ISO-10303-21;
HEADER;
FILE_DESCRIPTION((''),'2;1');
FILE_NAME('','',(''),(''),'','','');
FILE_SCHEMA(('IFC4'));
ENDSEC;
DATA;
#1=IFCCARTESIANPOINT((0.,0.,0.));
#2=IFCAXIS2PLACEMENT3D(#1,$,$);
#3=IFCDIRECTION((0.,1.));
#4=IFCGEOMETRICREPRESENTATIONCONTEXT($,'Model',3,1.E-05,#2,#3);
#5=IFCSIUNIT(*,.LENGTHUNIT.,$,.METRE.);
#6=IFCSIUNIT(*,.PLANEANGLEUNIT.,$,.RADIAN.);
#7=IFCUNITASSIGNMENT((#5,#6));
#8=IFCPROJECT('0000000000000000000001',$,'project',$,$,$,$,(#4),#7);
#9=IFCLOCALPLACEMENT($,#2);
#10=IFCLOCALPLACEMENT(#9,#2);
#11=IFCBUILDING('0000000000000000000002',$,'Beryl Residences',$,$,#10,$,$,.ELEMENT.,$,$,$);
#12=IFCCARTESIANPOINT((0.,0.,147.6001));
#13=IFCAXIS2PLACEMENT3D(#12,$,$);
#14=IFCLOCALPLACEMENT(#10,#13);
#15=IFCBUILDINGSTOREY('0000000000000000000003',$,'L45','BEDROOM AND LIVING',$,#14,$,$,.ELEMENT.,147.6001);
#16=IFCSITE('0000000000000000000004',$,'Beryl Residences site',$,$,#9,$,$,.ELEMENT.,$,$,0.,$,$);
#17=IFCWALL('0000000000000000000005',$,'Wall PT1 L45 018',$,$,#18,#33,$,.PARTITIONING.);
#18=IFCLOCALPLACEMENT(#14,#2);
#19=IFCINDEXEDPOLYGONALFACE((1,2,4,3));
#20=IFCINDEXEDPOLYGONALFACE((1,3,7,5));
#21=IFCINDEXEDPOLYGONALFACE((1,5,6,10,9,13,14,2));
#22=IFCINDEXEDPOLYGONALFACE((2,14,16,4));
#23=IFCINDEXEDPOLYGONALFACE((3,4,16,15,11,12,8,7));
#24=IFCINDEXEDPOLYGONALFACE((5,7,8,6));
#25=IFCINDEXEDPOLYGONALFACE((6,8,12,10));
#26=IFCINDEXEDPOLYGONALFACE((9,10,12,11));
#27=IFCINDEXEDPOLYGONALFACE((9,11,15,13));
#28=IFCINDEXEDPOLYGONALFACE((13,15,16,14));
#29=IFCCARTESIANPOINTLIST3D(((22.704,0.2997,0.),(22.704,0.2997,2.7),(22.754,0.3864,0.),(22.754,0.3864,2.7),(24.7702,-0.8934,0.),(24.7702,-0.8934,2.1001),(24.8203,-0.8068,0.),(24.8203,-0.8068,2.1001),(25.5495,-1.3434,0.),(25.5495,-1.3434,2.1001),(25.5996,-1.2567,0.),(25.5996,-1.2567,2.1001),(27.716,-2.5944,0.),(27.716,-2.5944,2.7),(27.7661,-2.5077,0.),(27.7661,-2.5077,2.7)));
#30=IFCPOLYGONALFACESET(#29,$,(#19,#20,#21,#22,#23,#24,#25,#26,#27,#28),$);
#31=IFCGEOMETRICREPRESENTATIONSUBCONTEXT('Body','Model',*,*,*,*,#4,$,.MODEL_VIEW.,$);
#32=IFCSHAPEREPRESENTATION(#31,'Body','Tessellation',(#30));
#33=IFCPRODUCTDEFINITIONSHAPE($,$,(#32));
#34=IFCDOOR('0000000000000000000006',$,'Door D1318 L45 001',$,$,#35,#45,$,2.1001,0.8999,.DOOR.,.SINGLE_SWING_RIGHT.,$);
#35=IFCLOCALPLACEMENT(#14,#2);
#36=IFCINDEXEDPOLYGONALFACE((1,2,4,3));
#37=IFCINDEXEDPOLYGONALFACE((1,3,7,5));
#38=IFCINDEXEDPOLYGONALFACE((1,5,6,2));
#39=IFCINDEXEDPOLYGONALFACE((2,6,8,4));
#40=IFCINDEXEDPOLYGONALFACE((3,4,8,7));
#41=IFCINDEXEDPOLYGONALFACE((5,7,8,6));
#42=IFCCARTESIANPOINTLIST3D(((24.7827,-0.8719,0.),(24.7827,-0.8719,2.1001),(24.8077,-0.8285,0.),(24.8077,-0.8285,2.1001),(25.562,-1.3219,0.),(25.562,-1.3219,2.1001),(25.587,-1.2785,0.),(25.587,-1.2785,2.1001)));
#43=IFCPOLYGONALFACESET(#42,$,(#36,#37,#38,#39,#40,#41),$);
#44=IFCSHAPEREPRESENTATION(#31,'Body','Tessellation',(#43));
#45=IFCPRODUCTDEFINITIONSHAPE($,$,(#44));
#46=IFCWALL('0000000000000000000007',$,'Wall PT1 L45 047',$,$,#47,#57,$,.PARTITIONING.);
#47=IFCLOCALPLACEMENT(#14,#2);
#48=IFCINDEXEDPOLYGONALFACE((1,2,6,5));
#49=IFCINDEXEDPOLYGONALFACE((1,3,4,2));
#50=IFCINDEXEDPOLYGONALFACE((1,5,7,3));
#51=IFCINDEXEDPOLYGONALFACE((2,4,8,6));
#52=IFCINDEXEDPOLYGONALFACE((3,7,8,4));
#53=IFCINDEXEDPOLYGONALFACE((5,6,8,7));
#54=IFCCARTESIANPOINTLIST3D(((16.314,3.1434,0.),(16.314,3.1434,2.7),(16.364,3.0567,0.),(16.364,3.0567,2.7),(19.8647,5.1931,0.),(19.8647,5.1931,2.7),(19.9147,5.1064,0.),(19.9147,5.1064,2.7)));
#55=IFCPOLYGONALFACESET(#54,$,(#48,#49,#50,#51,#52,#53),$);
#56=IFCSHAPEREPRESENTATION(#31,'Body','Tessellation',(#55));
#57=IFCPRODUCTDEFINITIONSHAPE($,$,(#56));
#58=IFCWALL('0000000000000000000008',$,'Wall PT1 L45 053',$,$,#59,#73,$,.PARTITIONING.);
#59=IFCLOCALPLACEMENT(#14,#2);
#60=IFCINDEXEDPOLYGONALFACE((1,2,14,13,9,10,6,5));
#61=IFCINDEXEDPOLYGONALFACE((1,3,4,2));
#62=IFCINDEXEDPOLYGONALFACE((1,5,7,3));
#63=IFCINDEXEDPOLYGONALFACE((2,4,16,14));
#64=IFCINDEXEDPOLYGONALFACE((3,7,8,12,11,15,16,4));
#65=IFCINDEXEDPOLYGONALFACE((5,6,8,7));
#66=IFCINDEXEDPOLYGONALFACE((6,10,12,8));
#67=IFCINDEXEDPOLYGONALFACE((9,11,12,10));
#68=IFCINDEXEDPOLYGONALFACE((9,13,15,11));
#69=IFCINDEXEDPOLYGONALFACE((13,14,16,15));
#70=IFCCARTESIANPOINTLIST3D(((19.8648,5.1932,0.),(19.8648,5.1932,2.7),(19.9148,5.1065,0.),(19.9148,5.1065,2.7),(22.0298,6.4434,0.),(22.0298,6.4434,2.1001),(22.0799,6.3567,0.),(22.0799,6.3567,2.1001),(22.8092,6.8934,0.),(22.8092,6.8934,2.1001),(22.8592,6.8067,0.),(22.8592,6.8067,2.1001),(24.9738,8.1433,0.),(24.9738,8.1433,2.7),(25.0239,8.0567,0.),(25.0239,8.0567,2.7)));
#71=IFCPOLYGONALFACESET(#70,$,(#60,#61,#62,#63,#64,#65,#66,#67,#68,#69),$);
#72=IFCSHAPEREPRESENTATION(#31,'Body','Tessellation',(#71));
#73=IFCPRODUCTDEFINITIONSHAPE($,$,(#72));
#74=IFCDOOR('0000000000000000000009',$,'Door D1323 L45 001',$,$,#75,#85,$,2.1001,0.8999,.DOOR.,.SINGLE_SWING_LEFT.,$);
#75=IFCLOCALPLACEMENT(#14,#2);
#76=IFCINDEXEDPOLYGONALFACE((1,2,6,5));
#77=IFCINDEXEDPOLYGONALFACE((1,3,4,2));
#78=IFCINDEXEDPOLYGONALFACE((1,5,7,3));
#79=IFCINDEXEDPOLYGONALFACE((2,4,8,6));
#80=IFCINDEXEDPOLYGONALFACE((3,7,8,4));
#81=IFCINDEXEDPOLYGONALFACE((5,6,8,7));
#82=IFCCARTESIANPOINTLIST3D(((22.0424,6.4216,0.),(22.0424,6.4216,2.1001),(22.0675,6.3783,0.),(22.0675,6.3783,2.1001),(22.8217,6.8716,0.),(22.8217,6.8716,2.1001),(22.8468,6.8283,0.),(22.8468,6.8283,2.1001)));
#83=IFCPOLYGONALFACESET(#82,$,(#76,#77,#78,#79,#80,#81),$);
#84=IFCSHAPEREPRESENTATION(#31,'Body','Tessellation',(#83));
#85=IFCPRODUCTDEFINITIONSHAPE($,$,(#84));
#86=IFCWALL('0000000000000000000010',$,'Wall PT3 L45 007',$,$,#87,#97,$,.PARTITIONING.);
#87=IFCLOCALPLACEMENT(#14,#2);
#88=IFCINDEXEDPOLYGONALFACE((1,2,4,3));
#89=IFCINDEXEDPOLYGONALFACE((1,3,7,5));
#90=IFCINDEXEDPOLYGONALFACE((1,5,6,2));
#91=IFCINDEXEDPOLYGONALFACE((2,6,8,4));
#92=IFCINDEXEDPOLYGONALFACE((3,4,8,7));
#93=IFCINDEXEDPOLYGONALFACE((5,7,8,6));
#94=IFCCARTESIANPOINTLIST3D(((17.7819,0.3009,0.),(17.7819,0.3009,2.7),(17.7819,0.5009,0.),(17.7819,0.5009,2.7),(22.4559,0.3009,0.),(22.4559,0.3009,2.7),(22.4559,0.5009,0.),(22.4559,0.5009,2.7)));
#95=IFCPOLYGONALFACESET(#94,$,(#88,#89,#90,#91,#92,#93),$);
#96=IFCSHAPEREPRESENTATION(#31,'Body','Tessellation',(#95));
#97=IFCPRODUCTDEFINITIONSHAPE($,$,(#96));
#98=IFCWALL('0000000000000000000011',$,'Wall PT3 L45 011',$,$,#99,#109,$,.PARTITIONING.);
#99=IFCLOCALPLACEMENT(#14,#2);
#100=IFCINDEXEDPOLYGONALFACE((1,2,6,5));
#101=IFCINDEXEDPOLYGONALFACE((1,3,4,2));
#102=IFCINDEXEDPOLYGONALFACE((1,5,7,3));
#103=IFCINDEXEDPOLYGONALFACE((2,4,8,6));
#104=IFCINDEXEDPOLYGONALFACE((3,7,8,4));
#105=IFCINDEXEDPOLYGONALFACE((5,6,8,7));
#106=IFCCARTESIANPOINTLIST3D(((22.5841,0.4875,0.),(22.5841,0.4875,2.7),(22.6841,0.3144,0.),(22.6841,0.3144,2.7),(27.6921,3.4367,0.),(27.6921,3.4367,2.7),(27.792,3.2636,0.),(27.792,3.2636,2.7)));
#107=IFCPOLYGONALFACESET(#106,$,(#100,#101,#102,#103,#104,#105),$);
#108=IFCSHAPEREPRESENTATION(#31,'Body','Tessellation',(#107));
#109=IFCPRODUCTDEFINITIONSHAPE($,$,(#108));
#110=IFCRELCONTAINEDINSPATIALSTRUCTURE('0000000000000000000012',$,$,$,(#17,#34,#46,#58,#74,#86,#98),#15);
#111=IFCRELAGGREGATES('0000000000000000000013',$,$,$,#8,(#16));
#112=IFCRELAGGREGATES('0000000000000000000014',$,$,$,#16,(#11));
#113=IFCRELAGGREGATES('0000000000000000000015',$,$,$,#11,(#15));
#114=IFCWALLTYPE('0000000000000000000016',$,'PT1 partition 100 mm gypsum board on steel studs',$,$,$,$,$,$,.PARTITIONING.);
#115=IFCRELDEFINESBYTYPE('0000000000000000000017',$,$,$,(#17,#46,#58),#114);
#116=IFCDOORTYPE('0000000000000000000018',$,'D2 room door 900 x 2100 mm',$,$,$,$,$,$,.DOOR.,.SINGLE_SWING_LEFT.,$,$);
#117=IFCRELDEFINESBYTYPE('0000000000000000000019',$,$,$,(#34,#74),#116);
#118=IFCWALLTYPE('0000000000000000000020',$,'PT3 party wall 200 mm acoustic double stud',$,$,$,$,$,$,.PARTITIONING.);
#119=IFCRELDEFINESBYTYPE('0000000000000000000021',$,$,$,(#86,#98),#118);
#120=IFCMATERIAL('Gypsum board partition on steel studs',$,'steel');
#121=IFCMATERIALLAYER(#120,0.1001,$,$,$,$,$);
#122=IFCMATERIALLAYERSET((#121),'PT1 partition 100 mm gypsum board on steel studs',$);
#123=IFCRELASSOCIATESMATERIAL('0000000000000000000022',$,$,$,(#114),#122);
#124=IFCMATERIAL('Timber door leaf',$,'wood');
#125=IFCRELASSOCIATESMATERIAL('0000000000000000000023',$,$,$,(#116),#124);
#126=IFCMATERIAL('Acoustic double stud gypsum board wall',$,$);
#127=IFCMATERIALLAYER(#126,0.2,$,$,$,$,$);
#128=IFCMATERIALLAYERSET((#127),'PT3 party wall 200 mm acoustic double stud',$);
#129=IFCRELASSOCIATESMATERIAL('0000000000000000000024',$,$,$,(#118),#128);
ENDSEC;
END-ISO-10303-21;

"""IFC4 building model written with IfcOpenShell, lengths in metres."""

from ifc_helpers import new_model, si_unit, direction, frame, frame_2d, origin, place, context, subcontext, project, spatial, rectangle, extrude, material, layer, layer_set, type_object, element, fill, save


model = new_model("IFC4")

# Units and contexts
model_context = context("Model", 3, precision=1e-05, world=origin(), true_north=direction((0.0, 1.0)))
body_context = subcontext(model_context, "Body", "Model", "MODEL_VIEW")
ifc_project = project(units=[si_unit("LENGTHUNIT", "METRE"), si_unit("PLANEANGLEUNIT", "RADIAN")], contexts=[model_context])

# Site, building, storey
site_placement = place(None, origin())
site = spatial("IfcSite", under=ifc_project, at=site_placement, Name="Beryl Residences site", CompositionType="ELEMENT", RefElevation=0.0)
building_placement = place(site_placement, origin())
building = spatial("IfcBuilding", under=site, at=building_placement, Name="Beryl Residences", CompositionType="ELEMENT")
storey_placement = place(building_placement, frame((0.0, 0.0, 147.6001)))
storey = spatial("IfcBuildingStorey", under=building, at=storey_placement, Name="L45", Description="BEDROOM AND LIVING", CompositionType="ELEMENT", Elevation=147.6001)

# Wall, opening, door
ifc_material_1 = material(Name="Gypsum board partition on steel studs", Category="steel")
ifc_layer_1 = layer(ifc_material_1, 0.1001)
ifc_layer_set_1 = layer_set([ifc_layer_1], Name="PT1 partition 100 mm gypsum board on steel studs")
wall_type_1 = type_object("IfcWallType", Name="PT1 partition 100 mm gypsum board on steel studs", PredefinedType="PARTITIONING", material=ifc_layer_set_1)
ifc_material_2 = material(Name="Timber door leaf", Category="wood")
door_type_1 = type_object("IfcDoorType", Name="D2 room door 900 x 2100 mm", OperationType="SINGLE_SWING_LEFT", PredefinedType="DOOR", material=ifc_material_2)
wall_1_placement = place(storey_placement, frame((22.729, 0.343, 0.0), z_axis=(0.0, 0.0, 1.0), x_axis=(0.865997, -0.50005, 0.0)))
wall_1 = element("IfcWall", 1, at=wall_1_placement, inside=storey, type_object=wall_type_1, Name="Wall PT1 L45 018", PredefinedType="PARTITIONING", context=body_context, shape_type="SweptSolid", body=[
    extrude(rectangle(XDim=5.7876, YDim=0.1001, at=frame_2d((2.8938, 0.0))), origin(), (0.0, 0.0, 1.0), 2.7),
])
opening_1_placement = place(wall_1_placement, frame((2.386, 0.0, 0.0)))
opening_1 = element("IfcOpeningElement", 2, at=opening_1_placement, cuts=wall_1, PredefinedType="OPENING", context=body_context, shape_type="SweptSolid", body=[
    extrude(rectangle(XDim=0.8999, YDim=2.1001, at=frame_2d((0.45, 1.05))), frame((0.0, 0.0601, 0.0), z_axis=(0.0, -1.0, 0.0), x_axis=(1.0, 0.0, 0.0)), (0.0, 0.0, 1.0), 0.1201),
])
door_1_placement = place(opening_1_placement, origin())
door_1 = element("IfcDoor", 3, at=door_1_placement, inside=storey, type_object=door_type_1, Name="Door D1318 L45 001", OperationType="SINGLE_SWING_RIGHT", OverallHeight=2.1001, OverallWidth=0.8999, PredefinedType="DOOR", context=body_context, shape_type="SweptSolid", body=[
    extrude(rectangle(XDim=0.8999, YDim=2.1001, at=frame_2d((0.45, 1.05))), frame((0.0, 0.0249, 0.0), z_axis=(0.0, -1.0, 0.0), x_axis=(1.0, 0.0, 0.0)), (0.0, 0.0, 1.0), 0.05),
])
fill(opening_1, door_1)

# Wall
wall_2_placement = place(storey_placement, frame((16.3391, 3.1001, 0.0), z_axis=(0.0, 0.0, 1.0), x_axis=(0.866051, 0.499956, 0.0)))
element("IfcWall", 4, at=wall_2_placement, inside=storey, type_object=wall_type_1, Name="Wall PT1 L45 047", PredefinedType="PARTITIONING", context=body_context, shape_type="SweptSolid", body=[
    extrude(rectangle(XDim=4.0999, YDim=0.1001, at=frame_2d((2.0498, 0.0))), origin(), (0.0, 0.0, 1.0), 2.7),
])

# Wall, opening, door
wall_3_placement = place(storey_placement, frame((19.8899, 5.1499, 0.0), z_axis=(0.0, 0.0, 1.0), x_axis=(0.865993, 0.500056, 0.0)))
wall_3 = element("IfcWall", 5, at=wall_3_placement, inside=storey, type_object=wall_type_1, Name="Wall PT1 L45 053", PredefinedType="PARTITIONING", context=body_context, shape_type="SweptSolid", body=[
    extrude(rectangle(XDim=5.8997, YDim=0.1001, at=frame_2d((2.9497, 0.0))), origin(), (0.0, 0.0, 1.0), 2.7),
])
opening_2_placement = place(wall_3_placement, frame((2.5, 0.0, 0.0)))
opening_2 = element("IfcOpeningElement", 6, at=opening_2_placement, cuts=wall_3, PredefinedType="OPENING", context=body_context, shape_type="SweptSolid", body=[
    extrude(rectangle(XDim=0.8999, YDim=2.1001, at=frame_2d((0.45, 1.05))), frame((0.0, 0.0601, 0.0), z_axis=(0.0, -1.0, 0.0), x_axis=(1.0, 0.0, 0.0)), (0.0, 0.0, 1.0), 0.1201),
])
door_2_placement = place(opening_2_placement, origin())
door_2 = element("IfcDoor", 7, at=door_2_placement, inside=storey, type_object=door_type_1, Name="Door D1323 L45 001", OperationType="SINGLE_SWING_LEFT", OverallHeight=2.1001, OverallWidth=0.8999, PredefinedType="DOOR", context=body_context, shape_type="SweptSolid", body=[
    extrude(rectangle(XDim=0.8999, YDim=2.1001, at=frame_2d((0.45, 1.05))), frame((0.0, 0.0249, 0.0), z_axis=(0.0, -1.0, 0.0), x_axis=(1.0, 0.0, 0.0)), (0.0, 0.0, 1.0), 0.05),
])
fill(opening_2, door_2)

# Walls
ifc_material_3 = material(Name="Acoustic double stud gypsum board wall")
ifc_layer_2 = layer(ifc_material_3, 0.2)
ifc_layer_set_2 = layer_set([ifc_layer_2], Name="PT3 party wall 200 mm acoustic double stud")
wall_type_2 = type_object("IfcWallType", Name="PT3 party wall 200 mm acoustic double stud", PredefinedType="PARTITIONING", material=ifc_layer_set_2)
wall_4_placement = place(storey_placement, frame((17.782, 0.4009, 0.0), z_axis=(0.0, 0.0, 1.0), x_axis=(1.0, 0.0, 0.0)))
element("IfcWall", 8, at=wall_4_placement, inside=storey, type_object=wall_type_2, Name="Wall PT3 L45 007", PredefinedType="PARTITIONING", context=body_context, shape_type="SweptSolid", body=[
    extrude(rectangle(XDim=4.6741, YDim=0.2, at=frame_2d((2.3369, 0.0))), origin(), (0.0, 0.0, 1.0), 2.7),
])
wall_5_placement = place(storey_placement, frame((22.634, 0.4009, 0.0), z_axis=(0.0, 0.0, 1.0), x_axis=(0.866013, 0.500021, 0.0)))
element("IfcWall", 9, at=wall_5_placement, inside=storey, type_object=wall_type_2, Name="Wall PT3 L45 011", PredefinedType="PARTITIONING", context=body_context, shape_type="SweptSolid", body=[
    extrude(rectangle(XDim=5.8982, YDim=0.2, at=frame_2d((2.9492, 0.0))), origin(), (0.0, 0.0, 1.0), 2.7),
])

save(model, "model.ifc")
